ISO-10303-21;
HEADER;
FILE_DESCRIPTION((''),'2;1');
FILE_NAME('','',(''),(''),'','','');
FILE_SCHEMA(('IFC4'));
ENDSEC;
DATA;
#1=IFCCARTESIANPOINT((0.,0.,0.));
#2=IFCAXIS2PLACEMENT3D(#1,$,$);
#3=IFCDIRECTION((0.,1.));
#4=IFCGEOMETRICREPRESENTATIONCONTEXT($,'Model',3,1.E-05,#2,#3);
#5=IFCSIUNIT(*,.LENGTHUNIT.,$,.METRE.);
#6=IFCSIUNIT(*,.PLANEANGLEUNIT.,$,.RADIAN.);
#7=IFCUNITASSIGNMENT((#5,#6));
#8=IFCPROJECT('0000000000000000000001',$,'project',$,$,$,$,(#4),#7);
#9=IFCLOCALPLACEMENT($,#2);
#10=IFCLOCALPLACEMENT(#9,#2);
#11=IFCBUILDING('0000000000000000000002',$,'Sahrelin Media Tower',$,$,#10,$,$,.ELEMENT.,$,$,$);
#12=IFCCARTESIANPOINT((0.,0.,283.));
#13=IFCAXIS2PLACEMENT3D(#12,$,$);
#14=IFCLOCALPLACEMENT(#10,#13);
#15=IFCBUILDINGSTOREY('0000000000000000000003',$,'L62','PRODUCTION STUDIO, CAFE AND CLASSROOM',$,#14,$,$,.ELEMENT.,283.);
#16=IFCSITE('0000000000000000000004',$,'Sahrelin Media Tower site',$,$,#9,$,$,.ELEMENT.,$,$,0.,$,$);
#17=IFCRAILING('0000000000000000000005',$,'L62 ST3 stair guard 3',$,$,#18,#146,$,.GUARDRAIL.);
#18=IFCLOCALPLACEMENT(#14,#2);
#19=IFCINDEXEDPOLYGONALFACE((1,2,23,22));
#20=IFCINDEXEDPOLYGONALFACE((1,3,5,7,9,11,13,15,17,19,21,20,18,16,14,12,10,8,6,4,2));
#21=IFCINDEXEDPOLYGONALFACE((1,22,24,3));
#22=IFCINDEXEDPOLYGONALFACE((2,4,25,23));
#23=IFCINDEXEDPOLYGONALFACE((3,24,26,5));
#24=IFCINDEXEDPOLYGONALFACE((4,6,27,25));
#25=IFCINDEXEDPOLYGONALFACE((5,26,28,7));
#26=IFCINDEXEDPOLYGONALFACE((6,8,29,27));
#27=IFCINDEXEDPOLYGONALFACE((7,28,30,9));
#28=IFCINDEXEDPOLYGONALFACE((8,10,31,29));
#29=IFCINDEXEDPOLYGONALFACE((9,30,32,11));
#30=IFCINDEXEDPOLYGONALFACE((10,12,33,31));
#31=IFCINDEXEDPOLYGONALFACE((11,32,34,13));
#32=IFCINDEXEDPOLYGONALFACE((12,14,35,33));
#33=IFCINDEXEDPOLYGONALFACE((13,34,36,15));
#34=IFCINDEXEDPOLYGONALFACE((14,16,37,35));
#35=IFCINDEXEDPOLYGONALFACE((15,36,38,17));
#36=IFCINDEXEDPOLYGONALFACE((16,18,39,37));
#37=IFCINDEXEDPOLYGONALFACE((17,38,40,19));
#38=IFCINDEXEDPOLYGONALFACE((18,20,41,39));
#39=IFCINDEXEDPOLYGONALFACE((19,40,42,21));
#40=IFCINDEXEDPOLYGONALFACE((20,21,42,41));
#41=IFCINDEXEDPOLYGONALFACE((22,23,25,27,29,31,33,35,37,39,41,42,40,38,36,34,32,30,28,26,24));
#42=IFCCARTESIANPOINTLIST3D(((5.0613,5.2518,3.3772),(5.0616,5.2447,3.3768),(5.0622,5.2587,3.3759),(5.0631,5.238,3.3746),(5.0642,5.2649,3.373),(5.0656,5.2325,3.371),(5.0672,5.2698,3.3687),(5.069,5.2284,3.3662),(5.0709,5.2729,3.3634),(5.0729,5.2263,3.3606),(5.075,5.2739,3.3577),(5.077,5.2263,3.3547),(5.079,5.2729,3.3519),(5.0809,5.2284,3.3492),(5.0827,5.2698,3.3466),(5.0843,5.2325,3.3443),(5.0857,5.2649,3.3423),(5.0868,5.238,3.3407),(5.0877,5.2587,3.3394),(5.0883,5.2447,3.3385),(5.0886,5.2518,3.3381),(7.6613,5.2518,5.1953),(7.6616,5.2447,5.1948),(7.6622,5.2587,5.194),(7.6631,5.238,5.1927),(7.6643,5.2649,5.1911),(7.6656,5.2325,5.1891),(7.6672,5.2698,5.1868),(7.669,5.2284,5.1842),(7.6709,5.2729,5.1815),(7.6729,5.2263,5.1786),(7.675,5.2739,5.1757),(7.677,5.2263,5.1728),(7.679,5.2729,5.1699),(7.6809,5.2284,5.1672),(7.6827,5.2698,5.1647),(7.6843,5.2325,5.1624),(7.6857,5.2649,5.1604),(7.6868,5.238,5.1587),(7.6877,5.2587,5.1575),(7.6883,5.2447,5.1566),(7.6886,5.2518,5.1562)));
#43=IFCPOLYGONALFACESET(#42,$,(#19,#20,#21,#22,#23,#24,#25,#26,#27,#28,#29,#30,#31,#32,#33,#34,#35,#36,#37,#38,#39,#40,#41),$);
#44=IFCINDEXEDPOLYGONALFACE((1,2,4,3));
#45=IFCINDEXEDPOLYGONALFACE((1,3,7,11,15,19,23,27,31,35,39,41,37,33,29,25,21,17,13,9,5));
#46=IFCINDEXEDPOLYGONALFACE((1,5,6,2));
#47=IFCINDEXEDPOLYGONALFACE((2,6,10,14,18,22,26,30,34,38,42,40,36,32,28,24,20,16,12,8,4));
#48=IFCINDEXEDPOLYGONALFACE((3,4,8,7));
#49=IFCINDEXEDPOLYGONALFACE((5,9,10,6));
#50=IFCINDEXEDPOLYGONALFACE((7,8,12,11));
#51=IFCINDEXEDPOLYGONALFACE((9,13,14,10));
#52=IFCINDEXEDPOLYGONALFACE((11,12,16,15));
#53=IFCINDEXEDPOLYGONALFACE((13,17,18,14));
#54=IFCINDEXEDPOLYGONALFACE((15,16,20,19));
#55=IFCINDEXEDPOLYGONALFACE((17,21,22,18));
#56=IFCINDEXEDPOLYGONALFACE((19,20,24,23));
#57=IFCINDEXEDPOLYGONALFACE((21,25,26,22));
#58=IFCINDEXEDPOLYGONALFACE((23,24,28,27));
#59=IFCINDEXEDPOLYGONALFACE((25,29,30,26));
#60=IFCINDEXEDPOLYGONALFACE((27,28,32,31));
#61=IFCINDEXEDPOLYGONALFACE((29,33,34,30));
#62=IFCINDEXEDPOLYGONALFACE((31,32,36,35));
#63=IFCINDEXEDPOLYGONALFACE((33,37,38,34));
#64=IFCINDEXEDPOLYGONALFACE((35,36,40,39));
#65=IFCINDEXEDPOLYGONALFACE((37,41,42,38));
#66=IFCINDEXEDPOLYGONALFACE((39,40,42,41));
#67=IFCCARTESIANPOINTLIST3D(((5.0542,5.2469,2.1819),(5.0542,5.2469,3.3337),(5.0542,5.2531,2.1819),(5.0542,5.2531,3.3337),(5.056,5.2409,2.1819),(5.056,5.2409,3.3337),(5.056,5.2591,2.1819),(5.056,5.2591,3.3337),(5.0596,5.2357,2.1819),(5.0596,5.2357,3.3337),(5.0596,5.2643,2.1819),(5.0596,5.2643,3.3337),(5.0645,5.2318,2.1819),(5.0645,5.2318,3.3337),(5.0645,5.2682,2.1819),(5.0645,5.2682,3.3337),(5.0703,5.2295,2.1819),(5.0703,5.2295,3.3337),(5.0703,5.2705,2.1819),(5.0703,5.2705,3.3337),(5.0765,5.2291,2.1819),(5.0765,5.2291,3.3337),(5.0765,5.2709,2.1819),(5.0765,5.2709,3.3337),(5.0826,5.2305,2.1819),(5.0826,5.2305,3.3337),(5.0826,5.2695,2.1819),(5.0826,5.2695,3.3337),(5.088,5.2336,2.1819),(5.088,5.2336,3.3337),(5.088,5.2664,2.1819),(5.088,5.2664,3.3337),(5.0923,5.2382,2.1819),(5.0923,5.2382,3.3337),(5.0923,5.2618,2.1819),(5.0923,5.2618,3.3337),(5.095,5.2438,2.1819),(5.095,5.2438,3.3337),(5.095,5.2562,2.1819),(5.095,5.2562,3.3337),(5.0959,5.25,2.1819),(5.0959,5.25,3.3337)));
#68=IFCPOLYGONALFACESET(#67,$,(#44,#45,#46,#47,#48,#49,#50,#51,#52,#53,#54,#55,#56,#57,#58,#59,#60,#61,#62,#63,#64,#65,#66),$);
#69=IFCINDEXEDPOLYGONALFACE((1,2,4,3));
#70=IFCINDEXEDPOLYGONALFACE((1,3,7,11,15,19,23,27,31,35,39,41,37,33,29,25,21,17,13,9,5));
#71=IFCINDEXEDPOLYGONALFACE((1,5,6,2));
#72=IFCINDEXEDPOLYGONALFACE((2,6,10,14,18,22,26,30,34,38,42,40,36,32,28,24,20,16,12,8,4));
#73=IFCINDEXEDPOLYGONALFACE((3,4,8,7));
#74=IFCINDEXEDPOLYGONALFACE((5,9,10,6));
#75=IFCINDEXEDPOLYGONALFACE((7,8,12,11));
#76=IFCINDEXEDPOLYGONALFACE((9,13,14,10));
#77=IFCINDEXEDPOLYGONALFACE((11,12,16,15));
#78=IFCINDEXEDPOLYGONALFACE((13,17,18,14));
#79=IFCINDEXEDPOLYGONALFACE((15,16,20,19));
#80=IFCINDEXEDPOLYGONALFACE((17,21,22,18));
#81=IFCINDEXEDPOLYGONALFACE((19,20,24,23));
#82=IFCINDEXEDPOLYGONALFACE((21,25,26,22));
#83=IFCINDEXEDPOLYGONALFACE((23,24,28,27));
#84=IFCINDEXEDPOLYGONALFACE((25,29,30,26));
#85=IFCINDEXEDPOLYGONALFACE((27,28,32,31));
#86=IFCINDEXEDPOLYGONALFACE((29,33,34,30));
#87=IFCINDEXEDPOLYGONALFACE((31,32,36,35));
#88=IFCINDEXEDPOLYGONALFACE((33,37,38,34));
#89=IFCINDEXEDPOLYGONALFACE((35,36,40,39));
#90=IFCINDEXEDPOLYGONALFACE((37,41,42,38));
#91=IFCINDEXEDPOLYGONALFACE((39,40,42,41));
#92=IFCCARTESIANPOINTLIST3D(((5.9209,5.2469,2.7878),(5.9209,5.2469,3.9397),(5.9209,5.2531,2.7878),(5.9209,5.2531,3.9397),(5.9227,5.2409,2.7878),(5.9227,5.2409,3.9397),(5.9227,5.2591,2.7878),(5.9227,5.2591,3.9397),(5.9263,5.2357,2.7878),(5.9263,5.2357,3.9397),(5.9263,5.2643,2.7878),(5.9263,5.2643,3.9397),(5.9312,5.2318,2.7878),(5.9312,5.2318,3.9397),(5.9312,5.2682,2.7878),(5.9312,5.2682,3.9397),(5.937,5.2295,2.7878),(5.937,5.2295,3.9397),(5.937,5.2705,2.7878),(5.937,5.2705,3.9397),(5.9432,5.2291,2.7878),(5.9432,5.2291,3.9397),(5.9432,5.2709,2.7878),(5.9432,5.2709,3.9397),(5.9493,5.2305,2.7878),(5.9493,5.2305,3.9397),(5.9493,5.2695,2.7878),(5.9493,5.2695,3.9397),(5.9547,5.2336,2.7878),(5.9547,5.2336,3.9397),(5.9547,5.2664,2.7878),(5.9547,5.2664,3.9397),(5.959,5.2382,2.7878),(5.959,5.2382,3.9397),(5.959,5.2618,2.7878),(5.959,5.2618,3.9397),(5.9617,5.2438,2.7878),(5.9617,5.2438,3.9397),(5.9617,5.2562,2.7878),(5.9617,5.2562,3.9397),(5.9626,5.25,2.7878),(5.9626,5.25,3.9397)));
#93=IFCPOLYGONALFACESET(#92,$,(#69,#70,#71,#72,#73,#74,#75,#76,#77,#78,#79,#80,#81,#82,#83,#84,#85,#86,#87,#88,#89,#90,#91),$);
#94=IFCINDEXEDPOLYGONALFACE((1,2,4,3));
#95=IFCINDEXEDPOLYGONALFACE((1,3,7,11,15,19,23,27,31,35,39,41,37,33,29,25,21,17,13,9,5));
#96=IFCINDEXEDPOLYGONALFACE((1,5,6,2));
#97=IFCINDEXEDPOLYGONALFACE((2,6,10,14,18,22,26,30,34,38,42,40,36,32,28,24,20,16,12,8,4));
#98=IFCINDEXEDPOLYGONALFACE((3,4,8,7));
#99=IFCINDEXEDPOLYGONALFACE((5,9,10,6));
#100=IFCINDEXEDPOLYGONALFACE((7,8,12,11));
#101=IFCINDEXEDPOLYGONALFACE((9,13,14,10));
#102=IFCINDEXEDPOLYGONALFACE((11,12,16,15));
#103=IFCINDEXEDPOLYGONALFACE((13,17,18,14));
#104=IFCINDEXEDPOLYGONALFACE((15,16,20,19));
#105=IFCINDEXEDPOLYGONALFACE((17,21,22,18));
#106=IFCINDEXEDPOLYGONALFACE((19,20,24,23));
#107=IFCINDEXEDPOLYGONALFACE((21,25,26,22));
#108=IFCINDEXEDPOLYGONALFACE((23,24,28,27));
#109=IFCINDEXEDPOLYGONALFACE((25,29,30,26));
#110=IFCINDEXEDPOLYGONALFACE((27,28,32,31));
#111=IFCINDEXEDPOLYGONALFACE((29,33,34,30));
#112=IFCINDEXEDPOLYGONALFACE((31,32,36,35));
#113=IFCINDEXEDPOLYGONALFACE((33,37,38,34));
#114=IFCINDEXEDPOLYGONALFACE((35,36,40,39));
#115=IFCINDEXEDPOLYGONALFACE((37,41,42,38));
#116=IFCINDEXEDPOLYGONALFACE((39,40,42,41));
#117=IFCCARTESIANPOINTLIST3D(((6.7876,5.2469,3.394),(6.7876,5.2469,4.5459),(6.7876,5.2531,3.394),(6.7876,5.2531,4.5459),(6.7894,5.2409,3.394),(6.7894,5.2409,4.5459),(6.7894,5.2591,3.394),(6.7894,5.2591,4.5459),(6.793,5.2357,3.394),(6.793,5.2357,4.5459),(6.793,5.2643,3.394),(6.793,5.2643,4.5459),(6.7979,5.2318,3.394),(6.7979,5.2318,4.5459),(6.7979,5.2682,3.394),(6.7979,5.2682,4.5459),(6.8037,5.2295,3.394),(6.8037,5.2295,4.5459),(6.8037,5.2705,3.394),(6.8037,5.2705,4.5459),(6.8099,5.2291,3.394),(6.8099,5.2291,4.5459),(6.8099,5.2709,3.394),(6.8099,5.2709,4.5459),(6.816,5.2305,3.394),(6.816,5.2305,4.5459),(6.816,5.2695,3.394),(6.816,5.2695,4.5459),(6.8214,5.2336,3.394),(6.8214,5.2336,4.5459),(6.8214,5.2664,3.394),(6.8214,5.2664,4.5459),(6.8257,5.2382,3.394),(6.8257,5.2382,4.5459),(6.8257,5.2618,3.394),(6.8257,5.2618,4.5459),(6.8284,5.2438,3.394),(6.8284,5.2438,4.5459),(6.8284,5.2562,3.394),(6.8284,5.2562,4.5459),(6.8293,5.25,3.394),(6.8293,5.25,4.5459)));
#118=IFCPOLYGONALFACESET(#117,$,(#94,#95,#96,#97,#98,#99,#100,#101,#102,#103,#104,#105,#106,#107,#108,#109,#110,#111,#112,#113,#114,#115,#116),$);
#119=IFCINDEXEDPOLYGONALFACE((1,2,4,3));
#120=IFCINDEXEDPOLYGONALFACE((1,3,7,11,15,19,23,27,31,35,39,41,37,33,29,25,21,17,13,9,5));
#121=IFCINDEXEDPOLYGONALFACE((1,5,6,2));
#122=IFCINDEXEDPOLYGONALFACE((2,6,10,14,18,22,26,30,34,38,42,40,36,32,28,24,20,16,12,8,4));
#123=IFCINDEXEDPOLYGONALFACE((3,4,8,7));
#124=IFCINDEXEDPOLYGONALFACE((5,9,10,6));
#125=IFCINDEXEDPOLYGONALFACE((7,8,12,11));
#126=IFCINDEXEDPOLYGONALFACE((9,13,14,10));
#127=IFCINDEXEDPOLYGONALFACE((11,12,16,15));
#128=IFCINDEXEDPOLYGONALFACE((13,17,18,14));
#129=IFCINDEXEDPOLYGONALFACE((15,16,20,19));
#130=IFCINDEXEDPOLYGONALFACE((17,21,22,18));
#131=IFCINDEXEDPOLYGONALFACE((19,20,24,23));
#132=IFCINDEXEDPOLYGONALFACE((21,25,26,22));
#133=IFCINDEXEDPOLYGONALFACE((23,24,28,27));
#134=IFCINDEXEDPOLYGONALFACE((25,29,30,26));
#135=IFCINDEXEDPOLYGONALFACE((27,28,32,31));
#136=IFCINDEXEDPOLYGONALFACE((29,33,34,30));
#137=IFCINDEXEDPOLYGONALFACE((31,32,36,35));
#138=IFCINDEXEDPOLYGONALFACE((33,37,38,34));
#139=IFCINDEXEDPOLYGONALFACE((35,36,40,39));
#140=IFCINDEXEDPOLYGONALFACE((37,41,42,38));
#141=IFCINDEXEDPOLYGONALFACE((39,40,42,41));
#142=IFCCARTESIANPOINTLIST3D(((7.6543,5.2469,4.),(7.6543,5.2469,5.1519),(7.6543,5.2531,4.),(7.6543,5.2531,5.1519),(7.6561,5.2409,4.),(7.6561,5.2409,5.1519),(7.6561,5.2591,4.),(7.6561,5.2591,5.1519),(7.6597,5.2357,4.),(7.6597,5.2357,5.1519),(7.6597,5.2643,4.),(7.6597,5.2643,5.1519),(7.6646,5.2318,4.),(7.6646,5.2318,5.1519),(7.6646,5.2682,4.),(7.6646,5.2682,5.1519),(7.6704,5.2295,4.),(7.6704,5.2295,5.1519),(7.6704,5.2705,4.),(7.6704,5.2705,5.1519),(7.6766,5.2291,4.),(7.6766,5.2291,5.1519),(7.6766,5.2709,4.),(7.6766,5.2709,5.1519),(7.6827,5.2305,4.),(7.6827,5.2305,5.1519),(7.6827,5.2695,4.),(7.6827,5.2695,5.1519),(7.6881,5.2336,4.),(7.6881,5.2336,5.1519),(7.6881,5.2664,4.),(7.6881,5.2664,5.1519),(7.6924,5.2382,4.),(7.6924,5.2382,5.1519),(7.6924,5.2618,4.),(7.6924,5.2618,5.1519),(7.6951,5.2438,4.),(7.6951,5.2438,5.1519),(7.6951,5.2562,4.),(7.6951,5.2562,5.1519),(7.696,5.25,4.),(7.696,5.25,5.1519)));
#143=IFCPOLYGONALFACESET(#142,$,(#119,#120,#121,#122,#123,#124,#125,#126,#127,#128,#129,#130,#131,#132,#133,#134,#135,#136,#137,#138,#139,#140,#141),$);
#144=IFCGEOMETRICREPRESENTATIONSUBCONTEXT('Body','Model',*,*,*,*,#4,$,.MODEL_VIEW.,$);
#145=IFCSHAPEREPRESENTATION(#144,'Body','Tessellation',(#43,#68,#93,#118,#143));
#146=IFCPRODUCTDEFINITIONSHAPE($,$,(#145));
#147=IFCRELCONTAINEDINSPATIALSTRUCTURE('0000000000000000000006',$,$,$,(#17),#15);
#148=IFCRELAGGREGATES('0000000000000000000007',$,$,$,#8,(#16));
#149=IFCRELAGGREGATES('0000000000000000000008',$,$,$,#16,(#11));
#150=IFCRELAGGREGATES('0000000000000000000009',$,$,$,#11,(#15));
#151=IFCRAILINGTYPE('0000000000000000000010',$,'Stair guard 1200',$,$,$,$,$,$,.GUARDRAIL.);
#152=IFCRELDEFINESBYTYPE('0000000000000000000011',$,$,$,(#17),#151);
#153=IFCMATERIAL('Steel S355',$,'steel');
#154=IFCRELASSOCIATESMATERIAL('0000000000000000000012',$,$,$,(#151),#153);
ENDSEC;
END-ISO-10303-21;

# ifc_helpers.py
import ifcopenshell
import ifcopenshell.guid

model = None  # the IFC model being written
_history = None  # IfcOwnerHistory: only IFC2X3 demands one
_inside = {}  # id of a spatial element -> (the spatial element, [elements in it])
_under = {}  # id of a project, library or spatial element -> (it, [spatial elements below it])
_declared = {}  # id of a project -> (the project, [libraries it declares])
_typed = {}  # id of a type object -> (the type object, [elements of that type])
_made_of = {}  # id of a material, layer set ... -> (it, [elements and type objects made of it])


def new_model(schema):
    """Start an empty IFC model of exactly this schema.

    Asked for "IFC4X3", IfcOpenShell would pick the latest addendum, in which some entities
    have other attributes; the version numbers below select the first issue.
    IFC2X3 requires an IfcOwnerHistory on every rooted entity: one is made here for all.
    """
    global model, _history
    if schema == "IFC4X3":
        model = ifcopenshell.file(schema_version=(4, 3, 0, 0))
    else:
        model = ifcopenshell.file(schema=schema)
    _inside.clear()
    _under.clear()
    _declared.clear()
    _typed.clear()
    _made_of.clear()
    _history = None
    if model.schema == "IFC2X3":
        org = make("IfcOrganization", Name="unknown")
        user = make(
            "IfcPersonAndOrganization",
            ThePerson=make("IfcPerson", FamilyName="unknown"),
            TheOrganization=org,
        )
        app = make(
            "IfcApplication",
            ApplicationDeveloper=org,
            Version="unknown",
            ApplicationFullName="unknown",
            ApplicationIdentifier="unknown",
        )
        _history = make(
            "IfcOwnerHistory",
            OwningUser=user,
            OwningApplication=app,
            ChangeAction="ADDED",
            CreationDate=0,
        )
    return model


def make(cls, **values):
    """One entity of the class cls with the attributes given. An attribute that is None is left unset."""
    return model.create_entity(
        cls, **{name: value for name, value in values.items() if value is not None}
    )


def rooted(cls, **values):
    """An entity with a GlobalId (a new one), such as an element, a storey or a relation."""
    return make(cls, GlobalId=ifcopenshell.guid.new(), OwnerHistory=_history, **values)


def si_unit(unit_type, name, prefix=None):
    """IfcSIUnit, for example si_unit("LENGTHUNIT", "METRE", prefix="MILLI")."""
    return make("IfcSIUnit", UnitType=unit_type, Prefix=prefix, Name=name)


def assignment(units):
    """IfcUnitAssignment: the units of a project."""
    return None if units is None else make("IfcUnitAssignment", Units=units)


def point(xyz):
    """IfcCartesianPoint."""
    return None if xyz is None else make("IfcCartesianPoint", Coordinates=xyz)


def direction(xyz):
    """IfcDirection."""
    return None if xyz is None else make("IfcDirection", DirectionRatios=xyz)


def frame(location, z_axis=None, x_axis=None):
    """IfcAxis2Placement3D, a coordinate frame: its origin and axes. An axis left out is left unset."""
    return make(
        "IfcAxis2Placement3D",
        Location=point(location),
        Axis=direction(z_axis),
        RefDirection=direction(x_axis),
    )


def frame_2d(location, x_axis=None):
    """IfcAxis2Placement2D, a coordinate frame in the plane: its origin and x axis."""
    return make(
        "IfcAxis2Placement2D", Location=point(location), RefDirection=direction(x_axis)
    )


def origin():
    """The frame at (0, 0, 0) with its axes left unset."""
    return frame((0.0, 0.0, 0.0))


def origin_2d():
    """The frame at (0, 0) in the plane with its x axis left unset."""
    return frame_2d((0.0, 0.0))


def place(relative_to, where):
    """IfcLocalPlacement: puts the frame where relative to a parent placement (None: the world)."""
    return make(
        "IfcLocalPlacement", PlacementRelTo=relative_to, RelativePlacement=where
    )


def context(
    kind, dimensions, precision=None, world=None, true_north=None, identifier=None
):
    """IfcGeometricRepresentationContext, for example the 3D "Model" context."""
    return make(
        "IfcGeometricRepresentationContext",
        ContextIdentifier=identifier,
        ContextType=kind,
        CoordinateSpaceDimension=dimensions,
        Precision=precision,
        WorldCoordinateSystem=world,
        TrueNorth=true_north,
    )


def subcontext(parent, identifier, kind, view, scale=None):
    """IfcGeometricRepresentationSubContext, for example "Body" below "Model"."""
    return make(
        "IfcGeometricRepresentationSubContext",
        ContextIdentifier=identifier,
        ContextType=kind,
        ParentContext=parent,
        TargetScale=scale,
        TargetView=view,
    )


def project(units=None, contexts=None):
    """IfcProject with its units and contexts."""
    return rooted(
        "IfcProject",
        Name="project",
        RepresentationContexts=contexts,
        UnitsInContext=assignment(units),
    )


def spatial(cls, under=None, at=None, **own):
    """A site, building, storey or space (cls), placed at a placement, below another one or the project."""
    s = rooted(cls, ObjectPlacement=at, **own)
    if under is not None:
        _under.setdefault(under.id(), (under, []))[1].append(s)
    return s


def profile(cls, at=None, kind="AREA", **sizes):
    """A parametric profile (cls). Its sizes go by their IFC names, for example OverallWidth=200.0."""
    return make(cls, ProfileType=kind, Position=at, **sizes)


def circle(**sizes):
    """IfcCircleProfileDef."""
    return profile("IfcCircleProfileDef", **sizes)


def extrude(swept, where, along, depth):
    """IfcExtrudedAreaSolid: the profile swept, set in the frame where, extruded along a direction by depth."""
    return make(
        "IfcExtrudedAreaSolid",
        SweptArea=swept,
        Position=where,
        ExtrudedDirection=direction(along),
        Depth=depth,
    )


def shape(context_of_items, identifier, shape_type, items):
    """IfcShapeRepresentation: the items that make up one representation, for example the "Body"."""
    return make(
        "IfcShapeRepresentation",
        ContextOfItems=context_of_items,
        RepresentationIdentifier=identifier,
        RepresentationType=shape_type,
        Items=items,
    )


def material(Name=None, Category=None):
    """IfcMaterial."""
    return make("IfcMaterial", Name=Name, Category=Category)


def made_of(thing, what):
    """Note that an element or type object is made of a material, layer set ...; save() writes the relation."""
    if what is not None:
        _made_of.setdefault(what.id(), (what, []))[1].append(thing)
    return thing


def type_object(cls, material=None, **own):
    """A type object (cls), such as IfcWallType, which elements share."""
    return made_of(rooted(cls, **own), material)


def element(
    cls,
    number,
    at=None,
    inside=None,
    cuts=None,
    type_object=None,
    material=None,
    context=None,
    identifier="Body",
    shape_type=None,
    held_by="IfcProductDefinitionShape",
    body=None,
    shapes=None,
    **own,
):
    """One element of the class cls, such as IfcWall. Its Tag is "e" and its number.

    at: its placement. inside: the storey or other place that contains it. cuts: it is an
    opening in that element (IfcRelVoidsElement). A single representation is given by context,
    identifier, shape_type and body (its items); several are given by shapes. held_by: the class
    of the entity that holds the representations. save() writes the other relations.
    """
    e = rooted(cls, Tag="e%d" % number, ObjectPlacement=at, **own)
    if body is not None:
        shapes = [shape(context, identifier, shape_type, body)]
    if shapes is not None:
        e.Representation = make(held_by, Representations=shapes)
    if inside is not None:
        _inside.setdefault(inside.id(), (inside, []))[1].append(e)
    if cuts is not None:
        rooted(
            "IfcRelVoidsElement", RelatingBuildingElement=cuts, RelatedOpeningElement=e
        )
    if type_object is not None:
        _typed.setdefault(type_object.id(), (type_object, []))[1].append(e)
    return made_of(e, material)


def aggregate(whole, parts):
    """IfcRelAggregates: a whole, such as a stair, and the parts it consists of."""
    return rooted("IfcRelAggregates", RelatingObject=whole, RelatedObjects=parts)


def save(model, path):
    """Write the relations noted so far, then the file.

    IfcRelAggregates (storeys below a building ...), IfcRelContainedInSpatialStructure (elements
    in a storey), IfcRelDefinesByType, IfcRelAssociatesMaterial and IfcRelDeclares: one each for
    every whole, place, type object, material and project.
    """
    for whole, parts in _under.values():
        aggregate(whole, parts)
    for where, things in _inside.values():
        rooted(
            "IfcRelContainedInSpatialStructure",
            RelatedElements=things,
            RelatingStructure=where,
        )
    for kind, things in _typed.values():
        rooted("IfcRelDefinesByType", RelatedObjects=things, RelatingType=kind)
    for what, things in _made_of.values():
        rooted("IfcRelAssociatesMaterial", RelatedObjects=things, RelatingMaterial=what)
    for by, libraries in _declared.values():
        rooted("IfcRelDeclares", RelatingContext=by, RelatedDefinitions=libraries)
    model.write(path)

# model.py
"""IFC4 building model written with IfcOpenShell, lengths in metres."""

from ifc_helpers import new_model, si_unit, direction, frame, origin, origin_2d, place, context, subcontext, project, spatial, circle, extrude, material, type_object, element, save


model = new_model("IFC4")

# Units and contexts
model_context = context("Model", 3, precision=1e-05, world=origin(), true_north=direction((0.0, 1.0)))
body_context = subcontext(model_context, "Body", "Model", "MODEL_VIEW")
ifc_project = project(units=[si_unit("LENGTHUNIT", "METRE"), si_unit("PLANEANGLEUNIT", "RADIAN")], contexts=[model_context])

# Site, building, storey
site_placement = place(None, origin())
site = spatial("IfcSite", under=ifc_project, at=site_placement, Name="Sahrelin Media Tower site", CompositionType="ELEMENT", RefElevation=0.0)
building_placement = place(site_placement, origin())
building = spatial("IfcBuilding", under=site, at=building_placement, Name="Sahrelin Media Tower", CompositionType="ELEMENT")
storey_placement = place(building_placement, frame((0.0, 0.0, 283.0)))
storey = spatial("IfcBuildingStorey", under=building, at=storey_placement, Name="L62", Description="PRODUCTION STUDIO, CAFE AND CLASSROOM", CompositionType="ELEMENT", Elevation=283.0)

# Shared definitions
ifc_material_1 = material(Name="Steel S355", Category="steel")

# Railing
railing_type_1 = type_object("IfcRailingType", Name="Stair guard 1200", PredefinedType="GUARDRAIL", material=ifc_material_1)
railing_1_placement = place(storey_placement, frame((5.075, 5.25, 2.1819)))
element("IfcRailing", 1, at=railing_1_placement, inside=storey, type_object=railing_type_1, Name="L62 ST3 stair guard 3", PredefinedType="GUARDRAIL", context=body_context, shape_type="SweptSolid", body=[
    extrude(circle(Radius=0.0239, at=origin_2d()), frame((0.0, 0.0, 1.1758), z_axis=(0.819521, 0.0, 0.573049), x_axis=(0.0, 1.0, 0.0)), (0.0, 0.0, 1.0), 3.1726),
    extrude(circle(Radius=0.021, at=origin_2d()), origin(), (0.0, 0.0, 1.0), 1.1519),
    extrude(circle(Radius=0.021, at=origin_2d()), frame((0.8667, 0.0, 0.606)), (0.0, 0.0, 1.0), 1.1519),
    extrude(circle(Radius=0.021, at=origin_2d()), frame((1.7334, 0.0, 1.2122)), (0.0, 0.0, 1.0), 1.1519),
    extrude(circle(Radius=0.021, at=origin_2d()), frame((2.6001, 0.0, 1.8181)), (0.0, 0.0, 1.0), 1.1519),
])

save(model, "model.ifc")
